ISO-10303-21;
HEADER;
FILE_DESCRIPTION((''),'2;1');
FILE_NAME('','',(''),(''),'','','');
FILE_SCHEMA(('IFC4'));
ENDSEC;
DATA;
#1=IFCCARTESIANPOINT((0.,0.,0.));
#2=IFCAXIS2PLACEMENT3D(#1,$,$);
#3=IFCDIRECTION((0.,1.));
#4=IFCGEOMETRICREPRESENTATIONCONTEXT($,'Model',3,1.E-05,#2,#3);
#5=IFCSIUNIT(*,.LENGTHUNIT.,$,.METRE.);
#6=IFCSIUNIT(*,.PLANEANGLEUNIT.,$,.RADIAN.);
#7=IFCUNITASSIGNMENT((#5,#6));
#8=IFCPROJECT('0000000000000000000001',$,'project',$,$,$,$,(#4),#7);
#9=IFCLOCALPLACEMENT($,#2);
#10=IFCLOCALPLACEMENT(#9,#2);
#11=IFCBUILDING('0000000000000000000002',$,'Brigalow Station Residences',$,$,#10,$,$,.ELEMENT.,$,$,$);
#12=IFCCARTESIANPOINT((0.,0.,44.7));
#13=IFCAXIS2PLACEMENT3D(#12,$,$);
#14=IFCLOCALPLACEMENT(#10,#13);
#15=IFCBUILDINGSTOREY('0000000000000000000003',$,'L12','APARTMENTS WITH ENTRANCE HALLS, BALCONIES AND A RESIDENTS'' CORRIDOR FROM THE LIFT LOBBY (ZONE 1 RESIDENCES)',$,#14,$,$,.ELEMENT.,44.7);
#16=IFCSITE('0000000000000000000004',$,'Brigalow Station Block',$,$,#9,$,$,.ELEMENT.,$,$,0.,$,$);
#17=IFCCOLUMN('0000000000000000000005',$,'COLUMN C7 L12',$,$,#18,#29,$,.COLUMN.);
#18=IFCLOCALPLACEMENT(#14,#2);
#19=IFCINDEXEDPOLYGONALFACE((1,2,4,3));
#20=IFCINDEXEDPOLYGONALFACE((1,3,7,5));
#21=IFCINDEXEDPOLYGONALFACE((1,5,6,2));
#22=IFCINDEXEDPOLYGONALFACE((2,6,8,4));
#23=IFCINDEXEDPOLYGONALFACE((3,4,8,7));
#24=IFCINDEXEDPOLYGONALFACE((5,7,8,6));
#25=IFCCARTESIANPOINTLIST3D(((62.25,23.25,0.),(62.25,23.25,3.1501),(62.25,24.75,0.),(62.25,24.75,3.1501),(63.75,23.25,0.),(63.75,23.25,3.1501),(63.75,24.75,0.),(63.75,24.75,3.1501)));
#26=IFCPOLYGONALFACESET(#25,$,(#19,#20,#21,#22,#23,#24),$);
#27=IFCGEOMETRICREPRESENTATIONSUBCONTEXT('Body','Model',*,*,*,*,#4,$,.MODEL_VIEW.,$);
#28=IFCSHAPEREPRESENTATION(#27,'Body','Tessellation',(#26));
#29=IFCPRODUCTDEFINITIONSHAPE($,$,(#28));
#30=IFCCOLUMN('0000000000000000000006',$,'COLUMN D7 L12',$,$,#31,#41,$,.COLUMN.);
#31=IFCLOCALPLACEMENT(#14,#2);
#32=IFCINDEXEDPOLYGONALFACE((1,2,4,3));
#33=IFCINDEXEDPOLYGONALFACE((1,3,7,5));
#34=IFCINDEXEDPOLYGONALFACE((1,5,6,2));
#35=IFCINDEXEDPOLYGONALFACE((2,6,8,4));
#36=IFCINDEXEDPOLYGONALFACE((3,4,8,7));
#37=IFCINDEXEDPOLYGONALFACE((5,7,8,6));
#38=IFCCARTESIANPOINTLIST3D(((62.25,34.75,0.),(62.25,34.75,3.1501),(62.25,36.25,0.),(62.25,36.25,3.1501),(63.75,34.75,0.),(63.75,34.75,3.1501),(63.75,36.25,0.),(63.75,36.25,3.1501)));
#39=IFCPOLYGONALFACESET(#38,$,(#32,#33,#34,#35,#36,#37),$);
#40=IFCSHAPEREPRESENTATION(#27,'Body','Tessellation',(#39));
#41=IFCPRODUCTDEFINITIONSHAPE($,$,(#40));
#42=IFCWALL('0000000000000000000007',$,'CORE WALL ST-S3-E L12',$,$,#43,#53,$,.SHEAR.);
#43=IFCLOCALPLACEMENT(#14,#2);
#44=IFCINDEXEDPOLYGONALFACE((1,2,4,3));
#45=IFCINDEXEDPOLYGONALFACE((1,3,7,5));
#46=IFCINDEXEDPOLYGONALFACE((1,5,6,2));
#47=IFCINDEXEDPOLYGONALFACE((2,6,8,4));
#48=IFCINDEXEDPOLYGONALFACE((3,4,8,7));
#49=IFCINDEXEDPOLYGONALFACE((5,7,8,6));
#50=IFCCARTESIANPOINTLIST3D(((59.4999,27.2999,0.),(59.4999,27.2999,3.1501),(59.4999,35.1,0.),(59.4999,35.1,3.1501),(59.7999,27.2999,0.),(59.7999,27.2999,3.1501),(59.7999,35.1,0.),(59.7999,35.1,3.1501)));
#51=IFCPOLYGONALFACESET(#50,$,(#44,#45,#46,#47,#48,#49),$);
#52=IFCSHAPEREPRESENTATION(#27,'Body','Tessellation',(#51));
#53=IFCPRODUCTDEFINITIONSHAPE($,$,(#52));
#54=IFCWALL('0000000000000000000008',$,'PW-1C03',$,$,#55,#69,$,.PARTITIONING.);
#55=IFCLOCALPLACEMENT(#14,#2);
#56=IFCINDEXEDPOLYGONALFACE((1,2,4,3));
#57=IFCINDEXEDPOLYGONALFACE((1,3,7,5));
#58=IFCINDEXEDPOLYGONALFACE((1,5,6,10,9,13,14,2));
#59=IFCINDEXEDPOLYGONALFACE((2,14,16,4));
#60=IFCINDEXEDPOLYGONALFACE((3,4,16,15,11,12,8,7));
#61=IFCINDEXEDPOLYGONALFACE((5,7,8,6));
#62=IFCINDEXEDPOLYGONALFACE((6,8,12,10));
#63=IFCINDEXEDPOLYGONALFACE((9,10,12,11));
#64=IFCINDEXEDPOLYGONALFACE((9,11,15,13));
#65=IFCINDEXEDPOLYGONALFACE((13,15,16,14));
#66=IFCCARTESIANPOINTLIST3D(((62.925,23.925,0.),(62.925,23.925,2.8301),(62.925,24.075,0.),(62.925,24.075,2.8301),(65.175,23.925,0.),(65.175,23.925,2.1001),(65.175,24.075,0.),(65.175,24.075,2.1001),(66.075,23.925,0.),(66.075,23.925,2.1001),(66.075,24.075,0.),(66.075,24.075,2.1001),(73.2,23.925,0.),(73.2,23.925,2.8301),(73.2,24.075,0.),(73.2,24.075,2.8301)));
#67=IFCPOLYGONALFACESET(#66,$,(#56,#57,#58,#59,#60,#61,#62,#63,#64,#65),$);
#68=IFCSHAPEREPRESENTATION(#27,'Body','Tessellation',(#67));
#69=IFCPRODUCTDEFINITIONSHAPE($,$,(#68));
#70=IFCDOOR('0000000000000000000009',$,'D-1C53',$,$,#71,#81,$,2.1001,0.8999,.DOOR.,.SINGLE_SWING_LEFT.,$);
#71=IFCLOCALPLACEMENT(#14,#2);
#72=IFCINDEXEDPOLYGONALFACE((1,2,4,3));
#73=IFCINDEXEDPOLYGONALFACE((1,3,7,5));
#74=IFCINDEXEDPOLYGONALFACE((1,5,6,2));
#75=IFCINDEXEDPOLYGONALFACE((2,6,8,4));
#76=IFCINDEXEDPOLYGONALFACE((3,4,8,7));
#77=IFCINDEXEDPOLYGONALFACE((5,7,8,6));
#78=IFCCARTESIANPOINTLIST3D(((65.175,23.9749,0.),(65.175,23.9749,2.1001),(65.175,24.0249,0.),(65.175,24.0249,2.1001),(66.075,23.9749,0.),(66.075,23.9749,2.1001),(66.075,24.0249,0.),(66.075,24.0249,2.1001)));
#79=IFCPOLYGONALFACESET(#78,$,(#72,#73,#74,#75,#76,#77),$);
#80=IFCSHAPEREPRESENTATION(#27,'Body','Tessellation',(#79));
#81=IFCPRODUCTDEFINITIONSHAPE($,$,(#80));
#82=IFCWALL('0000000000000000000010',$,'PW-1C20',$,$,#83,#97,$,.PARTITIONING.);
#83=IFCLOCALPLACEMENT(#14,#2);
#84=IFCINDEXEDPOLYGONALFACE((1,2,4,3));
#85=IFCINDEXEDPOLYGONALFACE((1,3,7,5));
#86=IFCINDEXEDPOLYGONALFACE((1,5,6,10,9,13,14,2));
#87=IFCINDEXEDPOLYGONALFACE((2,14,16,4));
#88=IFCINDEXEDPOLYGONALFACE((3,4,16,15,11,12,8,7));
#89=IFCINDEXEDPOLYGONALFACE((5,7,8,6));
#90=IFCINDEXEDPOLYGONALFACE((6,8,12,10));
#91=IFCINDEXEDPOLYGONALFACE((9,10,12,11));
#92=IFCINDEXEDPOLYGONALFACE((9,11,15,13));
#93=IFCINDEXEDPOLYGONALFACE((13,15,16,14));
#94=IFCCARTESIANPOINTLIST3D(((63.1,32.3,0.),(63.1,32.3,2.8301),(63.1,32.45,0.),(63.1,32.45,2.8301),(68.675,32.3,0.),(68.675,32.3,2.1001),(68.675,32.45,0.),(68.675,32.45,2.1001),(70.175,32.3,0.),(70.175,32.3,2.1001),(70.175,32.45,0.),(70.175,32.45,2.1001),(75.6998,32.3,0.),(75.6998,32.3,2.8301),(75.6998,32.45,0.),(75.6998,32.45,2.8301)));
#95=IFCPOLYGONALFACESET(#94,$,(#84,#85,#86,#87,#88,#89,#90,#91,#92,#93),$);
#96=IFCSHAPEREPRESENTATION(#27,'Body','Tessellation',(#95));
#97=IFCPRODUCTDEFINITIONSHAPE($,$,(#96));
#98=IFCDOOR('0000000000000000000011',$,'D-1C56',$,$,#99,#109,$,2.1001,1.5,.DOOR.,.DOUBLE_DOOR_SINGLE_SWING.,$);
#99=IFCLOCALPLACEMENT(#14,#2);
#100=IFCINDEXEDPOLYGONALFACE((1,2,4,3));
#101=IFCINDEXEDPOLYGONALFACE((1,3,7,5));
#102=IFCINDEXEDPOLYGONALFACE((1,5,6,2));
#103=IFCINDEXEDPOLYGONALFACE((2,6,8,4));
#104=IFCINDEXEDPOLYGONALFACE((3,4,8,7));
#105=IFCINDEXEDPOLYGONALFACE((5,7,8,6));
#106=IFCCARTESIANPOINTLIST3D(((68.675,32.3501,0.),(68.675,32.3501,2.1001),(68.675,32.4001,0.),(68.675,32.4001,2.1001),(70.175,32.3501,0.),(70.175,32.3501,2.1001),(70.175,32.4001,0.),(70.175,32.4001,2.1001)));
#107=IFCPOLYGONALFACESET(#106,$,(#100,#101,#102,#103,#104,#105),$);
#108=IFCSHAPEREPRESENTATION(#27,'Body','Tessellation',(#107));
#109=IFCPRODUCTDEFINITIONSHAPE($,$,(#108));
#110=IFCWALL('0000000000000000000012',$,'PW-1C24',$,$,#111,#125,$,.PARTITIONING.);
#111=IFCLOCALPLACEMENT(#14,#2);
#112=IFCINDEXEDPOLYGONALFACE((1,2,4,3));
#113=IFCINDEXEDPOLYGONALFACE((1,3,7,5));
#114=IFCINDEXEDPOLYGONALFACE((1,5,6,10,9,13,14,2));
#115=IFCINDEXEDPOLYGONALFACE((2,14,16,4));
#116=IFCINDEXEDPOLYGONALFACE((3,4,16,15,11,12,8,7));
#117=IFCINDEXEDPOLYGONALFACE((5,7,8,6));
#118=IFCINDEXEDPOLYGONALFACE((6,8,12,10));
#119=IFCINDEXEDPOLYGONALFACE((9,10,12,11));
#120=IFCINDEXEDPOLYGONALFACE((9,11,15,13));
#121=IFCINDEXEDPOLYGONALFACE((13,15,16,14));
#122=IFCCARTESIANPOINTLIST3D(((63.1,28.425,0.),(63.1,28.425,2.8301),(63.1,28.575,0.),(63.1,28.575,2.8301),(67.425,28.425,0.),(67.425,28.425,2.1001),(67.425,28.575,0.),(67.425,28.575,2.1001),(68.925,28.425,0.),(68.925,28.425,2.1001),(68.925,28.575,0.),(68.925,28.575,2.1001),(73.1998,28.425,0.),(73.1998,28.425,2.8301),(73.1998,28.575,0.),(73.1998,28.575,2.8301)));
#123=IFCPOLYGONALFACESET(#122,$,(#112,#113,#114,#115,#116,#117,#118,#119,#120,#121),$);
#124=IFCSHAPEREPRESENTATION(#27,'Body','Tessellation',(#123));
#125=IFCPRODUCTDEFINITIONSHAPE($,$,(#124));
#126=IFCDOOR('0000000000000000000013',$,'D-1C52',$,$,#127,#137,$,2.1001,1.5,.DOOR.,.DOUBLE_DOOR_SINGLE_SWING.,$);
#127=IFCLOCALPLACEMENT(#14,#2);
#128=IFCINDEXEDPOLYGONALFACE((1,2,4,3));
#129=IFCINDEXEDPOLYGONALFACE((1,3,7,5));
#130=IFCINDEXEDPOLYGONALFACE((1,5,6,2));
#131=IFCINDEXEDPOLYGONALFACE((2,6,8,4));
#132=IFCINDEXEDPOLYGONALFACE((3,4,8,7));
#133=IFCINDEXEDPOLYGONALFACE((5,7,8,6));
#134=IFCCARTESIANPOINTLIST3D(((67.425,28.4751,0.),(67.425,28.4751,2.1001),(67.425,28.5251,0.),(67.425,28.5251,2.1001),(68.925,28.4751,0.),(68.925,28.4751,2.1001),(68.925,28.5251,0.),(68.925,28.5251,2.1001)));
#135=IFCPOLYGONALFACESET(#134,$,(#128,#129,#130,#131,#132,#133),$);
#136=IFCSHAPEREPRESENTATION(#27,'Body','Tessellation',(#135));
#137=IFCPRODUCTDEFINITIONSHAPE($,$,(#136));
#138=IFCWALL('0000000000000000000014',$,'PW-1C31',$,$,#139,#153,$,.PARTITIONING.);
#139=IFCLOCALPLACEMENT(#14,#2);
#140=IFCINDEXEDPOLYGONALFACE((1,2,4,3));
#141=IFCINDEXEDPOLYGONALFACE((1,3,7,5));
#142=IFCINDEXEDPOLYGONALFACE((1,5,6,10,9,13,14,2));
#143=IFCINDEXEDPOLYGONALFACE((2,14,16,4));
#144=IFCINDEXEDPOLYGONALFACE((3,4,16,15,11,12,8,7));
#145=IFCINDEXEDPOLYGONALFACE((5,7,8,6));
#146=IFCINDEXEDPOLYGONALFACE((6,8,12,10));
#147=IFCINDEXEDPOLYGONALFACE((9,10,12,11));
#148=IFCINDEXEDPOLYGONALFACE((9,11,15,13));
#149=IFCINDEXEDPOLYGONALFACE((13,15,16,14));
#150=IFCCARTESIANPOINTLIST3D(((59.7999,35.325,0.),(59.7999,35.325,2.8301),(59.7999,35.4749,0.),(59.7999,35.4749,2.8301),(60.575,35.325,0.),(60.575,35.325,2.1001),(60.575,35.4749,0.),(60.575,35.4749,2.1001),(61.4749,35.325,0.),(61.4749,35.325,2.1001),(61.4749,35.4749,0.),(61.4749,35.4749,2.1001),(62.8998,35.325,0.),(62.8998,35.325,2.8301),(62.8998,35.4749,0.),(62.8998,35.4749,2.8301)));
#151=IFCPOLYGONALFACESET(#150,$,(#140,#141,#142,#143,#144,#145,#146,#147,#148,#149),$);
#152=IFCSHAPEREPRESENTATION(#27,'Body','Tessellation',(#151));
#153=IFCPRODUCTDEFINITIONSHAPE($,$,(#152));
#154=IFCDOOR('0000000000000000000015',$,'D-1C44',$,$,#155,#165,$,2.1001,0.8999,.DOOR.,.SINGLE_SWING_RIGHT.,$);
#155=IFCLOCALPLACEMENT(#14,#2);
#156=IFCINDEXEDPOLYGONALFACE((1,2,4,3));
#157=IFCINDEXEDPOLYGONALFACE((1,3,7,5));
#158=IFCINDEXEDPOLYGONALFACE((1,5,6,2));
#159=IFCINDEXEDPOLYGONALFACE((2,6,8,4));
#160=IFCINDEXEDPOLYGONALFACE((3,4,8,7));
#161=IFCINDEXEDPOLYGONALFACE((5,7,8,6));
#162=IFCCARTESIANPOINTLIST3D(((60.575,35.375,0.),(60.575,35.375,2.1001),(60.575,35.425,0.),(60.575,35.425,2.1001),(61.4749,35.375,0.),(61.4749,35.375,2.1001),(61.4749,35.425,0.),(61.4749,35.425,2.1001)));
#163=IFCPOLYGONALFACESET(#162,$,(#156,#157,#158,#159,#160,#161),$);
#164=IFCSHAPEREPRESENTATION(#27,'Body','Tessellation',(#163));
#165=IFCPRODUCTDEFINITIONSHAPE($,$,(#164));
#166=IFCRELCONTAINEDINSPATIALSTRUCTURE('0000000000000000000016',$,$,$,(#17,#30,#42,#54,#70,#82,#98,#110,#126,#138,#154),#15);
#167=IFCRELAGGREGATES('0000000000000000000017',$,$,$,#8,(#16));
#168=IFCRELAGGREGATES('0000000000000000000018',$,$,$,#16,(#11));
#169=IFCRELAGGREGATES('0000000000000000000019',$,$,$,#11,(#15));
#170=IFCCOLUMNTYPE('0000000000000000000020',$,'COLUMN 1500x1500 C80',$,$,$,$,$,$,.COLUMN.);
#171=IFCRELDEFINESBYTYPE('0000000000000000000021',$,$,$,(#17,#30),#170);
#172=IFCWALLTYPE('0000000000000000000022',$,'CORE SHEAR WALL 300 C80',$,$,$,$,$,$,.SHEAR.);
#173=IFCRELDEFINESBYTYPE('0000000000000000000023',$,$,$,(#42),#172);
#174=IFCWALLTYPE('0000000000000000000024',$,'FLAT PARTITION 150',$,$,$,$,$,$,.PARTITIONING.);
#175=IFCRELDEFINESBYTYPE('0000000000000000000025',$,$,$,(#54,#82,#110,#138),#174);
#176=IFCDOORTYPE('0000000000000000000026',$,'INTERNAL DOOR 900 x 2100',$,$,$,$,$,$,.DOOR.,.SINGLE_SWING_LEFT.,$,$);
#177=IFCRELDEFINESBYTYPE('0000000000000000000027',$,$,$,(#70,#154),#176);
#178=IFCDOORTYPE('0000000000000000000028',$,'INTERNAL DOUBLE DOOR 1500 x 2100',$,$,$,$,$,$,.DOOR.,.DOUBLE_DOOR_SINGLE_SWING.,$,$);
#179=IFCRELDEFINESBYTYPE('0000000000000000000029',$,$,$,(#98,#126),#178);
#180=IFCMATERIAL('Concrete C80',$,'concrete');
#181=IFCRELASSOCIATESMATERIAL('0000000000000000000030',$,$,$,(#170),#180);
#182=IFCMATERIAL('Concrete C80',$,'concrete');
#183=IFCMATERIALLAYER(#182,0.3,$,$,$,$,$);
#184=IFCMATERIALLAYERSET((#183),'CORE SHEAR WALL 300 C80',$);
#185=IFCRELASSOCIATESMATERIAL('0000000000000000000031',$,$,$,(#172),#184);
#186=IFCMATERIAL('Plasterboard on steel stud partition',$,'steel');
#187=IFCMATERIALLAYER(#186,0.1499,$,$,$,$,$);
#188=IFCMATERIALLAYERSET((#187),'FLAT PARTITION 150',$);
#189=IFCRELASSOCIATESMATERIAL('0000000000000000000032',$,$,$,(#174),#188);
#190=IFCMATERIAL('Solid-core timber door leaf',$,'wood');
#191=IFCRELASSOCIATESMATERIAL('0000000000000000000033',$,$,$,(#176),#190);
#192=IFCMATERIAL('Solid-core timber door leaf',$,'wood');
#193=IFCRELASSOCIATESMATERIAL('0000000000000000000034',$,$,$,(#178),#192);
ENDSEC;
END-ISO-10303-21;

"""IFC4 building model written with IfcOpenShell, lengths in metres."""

from ifc_helpers import new_model, si_unit, direction, frame, frame_2d, origin, origin_2d, place, context, subcontext, project, spatial, rectangle, extrude, material, layer, layer_set, material_profile, profile_set, type_object, element, fill, save


model = new_model("IFC4")

# Units and contexts
model_context = context("Model", 3, precision=1e-05, world=origin(), true_north=direction((0.0, 1.0)))
body_context = subcontext(model_context, "Body", "Model", "MODEL_VIEW")
ifc_project = project(units=[si_unit("LENGTHUNIT", "METRE"), si_unit("PLANEANGLEUNIT", "RADIAN")], contexts=[model_context])

# Site, building, storey
site_placement = place(None, origin())
site = spatial("IfcSite", under=ifc_project, at=site_placement, Name="Brigalow Station Block", CompositionType="ELEMENT", RefElevation=0.0)
building_placement = place(site_placement, origin())
building = spatial("IfcBuilding", under=site, at=building_placement, Name="Brigalow Station Residences", CompositionType="ELEMENT")
storey_placement = place(building_placement, frame((0.0, 0.0, 44.7)))
storey = spatial("IfcBuildingStorey", under=building, at=storey_placement, Name="L12", Description="APARTMENTS WITH ENTRANCE HALLS, BALCONIES AND A RESIDENTS' CORRIDOR FROM THE LIFT LOBBY (ZONE 1 RESIDENCES)", CompositionType="ELEMENT", Elevation=44.7)

# Columns
ifc_material_1 = material(Name="Concrete C80", Category="concrete")
ifc_material_profile = material_profile(ifc_material_1, rectangle(XDim=1.5, YDim=1.5, at=origin_2d()), Name="RC1500x1500")
ifc_profile_set = profile_set([ifc_material_profile], Name="Concrete C80")
column_type = type_object("IfcColumnType", Name="COLUMN 1500x1500 C80", PredefinedType="COLUMN", material=ifc_profile_set)
for number, where, z_axis, x_axis, name in (
    (1, (63.0, 24.0, 0.0), (0.0, 0.0, 1.0), (1.0, 0.0, 0.0), "COLUMN C7 L12"),
    (2, (63.0, 35.5, 0.0), (0.0, 0.0, 1.0), (1.0, 0.0, 0.0), "COLUMN D7 L12"),
):
    element("IfcColumn", number, at=place(storey_placement, frame(where, z_axis=z_axis, x_axis=x_axis)), inside=storey, type_object=column_type, Name=name, PredefinedType="COLUMN", context=body_context, shape_type="SweptSolid", body=[
        extrude(rectangle(XDim=1.5, YDim=1.5, at=origin_2d()), origin(), (0.0, 0.0, 1.0), 3.1501),
    ])

# Wall
ifc_material_2 = material(Name="Concrete C80", Category="concrete")
ifc_layer_1 = layer(ifc_material_2, 0.3)
ifc_layer_set_1 = layer_set([ifc_layer_1], Name="CORE SHEAR WALL 300 C80")
wall_type_1 = type_object("IfcWallType", Name="CORE SHEAR WALL 300 C80", PredefinedType="SHEAR", material=ifc_layer_set_1)
wall_1_placement = place(storey_placement, frame((59.6499, 27.3, 0.0), z_axis=(0.0, 0.0, 1.0), x_axis=(0.0, 1.0, 0.0)))
element("IfcWall", 3, at=wall_1_placement, inside=storey, type_object=wall_type_1, Name="CORE WALL ST-S3-E L12", PredefinedType="SHEAR", context=body_context, shape_type="SweptSolid", body=[
    extrude(rectangle(XDim=7.8, YDim=0.3, at=frame_2d((3.8999, 0.0))), origin(), (0.0, 0.0, 1.0), 3.1501),
])

# Walls, openings, doors
ifc_material_3 = material(Name="Plasterboard on steel stud partition", Category="steel")
ifc_layer_2 = layer(ifc_material_3, 0.1499)
ifc_layer_set_2 = layer_set([ifc_layer_2], Name="FLAT PARTITION 150")
wall_type_2 = type_object("IfcWallType", Name="FLAT PARTITION 150", PredefinedType="PARTITIONING", material=ifc_layer_set_2)
wall_2_placement = place(storey_placement, frame((62.925, 24.0, 0.0), z_axis=(0.0, 0.0, 1.0), x_axis=(1.0, 0.0, 0.0)))
wall_2 = element("IfcWall", 4, at=wall_2_placement, inside=storey, type_object=wall_type_2, Name="PW-1C03", PredefinedType="PARTITIONING", context=body_context, shape_type="SweptSolid", body=[
    extrude(rectangle(XDim=10.2749, YDim=0.1499, at=frame_2d((5.1375, 0.0))), origin(), (0.0, 0.0, 1.0), 2.8301),
])
opening_1_placement = place(wall_2_placement, frame((2.25, 0.0, 0.0)))
opening_1 = element("IfcOpeningElement", 5, at=opening_1_placement, cuts=wall_2, PredefinedType="OPENING", context=body_context, shape_type="SweptSolid", body=[
    extrude(rectangle(XDim=0.8999, YDim=2.1001, at=frame_2d((0.45, 1.05))), frame((0.0, 0.085, 0.0), z_axis=(0.0, -1.0, 0.0), x_axis=(1.0, 0.0, 0.0)), (0.0, 0.0, 1.0), 0.1699),
])
ifc_material_4 = material(Name="Solid-core timber door leaf", Category="wood")
door_type_1 = type_object("IfcDoorType", Name="INTERNAL DOOR 900 x 2100", OperationType="SINGLE_SWING_LEFT", PredefinedType="DOOR", material=ifc_material_4)
door_1_placement = place(opening_1_placement, origin())
door_1 = element("IfcDoor", 6, at=door_1_placement, inside=storey, type_object=door_type_1, Name="D-1C53", OperationType="SINGLE_SWING_LEFT", OverallHeight=2.1001, OverallWidth=0.8999, PredefinedType="DOOR", context=body_context, shape_type="SweptSolid", body=[
    extrude(rectangle(XDim=0.8999, YDim=2.1001, at=frame_2d((0.45, 1.05))), frame((0.0, 0.0249, 0.0), z_axis=(0.0, -1.0, 0.0), x_axis=(1.0, 0.0, 0.0)), (0.0, 0.0, 1.0), 0.05),
])
fill(opening_1, door_1)
wall_3_placement = place(storey_placement, frame((63.1001, 32.375, 0.0), z_axis=(0.0, 0.0, 1.0), x_axis=(1.0, 0.0, 0.0)))
wall_3 = element("IfcWall", 7, at=wall_3_placement, inside=storey, type_object=wall_type_2, Name="PW-1C20", PredefinedType="PARTITIONING", context=body_context, shape_type="SweptSolid", body=[
    extrude(rectangle(XDim=12.5999, YDim=0.1499, at=frame_2d((6.2998, 0.0))), origin(), (0.0, 0.0, 1.0), 2.8301),
])
opening_2_placement = place(wall_3_placement, frame((5.575, 0.0, 0.0)))
opening_2 = element("IfcOpeningElement", 8, at=opening_2_placement, cuts=wall_3, PredefinedType="OPENING", context=body_context, shape_type="SweptSolid", body=[
    extrude(rectangle(XDim=1.5, YDim=2.1001, at=frame_2d((0.75, 1.05))), frame((0.0, 0.085, 0.0), z_axis=(0.0, -1.0, 0.0), x_axis=(1.0, 0.0, 0.0)), (0.0, 0.0, 1.0), 0.1699),
])
ifc_material_5 = material(Name="Solid-core timber door leaf", Category="wood")
door_type_2 = type_object("IfcDoorType", Name="INTERNAL DOUBLE DOOR 1500 x 2100", OperationType="DOUBLE_DOOR_SINGLE_SWING", PredefinedType="DOOR", material=ifc_material_5)
door_2_placement = place(opening_2_placement, frame((1.5, 0.0, 0.0), z_axis=(0.0, 0.0, 1.0), x_axis=(-1.0, 0.0, 0.0)))
door_2 = element("IfcDoor", 9, at=door_2_placement, inside=storey, type_object=door_type_2, Name="D-1C56", OperationType="DOUBLE_DOOR_SINGLE_SWING", OverallHeight=2.1001, OverallWidth=1.5, PredefinedType="DOOR", context=body_context, shape_type="SweptSolid", body=[
    extrude(rectangle(XDim=1.5, YDim=2.1001, at=frame_2d((0.75, 1.05))), frame((0.0, 0.0249, 0.0), z_axis=(0.0, -1.0, 0.0), x_axis=(1.0, 0.0, 0.0)), (0.0, 0.0, 1.0), 0.05),
])
fill(opening_2, door_2)
wall_4_placement = place(storey_placement, frame((63.1001, 28.5, 0.0), z_axis=(0.0, 0.0, 1.0), x_axis=(1.0, 0.0, 0.0)))
wall_4 = element("IfcWall", 10, at=wall_4_placement, inside=storey, type_object=wall_type_2, Name="PW-1C24", PredefinedType="PARTITIONING", context=body_context, shape_type="SweptSolid", body=[
    extrude(rectangle(XDim=10.0999, YDim=0.1499, at=frame_2d((5.0498, 0.0))), origin(), (0.0, 0.0, 1.0), 2.8301),
])
opening_3_placement = place(wall_4_placement, frame((4.325, 0.0, 0.0)))
opening_3 = element("IfcOpeningElement", 11, at=opening_3_placement, cuts=wall_4, PredefinedType="OPENING", context=body_context, shape_type="SweptSolid", body=[
    extrude(rectangle(XDim=1.5, YDim=2.1001, at=frame_2d((0.75, 1.05))), frame((0.0, 0.085, 0.0), z_axis=(0.0, -1.0, 0.0), x_axis=(1.0, 0.0, 0.0)), (0.0, 0.0, 1.0), 0.1699),
])
door_3_placement = place(opening_3_placement, frame((1.5, 0.0, 0.0), z_axis=(0.0, 0.0, 1.0), x_axis=(-1.0, 0.0, 0.0)))
door_3 = element("IfcDoor", 12, at=door_3_placement, inside=storey, type_object=door_type_2, Name="D-1C52", OperationType="DOUBLE_DOOR_SINGLE_SWING", OverallHeight=2.1001, OverallWidth=1.5, PredefinedType="DOOR", context=body_context, shape_type="SweptSolid", body=[
    extrude(rectangle(XDim=1.5, YDim=2.1001, at=frame_2d((0.75, 1.05))), frame((0.0, 0.0249, 0.0), z_axis=(0.0, -1.0, 0.0), x_axis=(1.0, 0.0, 0.0)), (0.0, 0.0, 1.0), 0.05),
])
fill(opening_3, door_3)
wall_5_placement = place(storey_placement, frame((59.8, 35.3999, 0.0), z_axis=(0.0, 0.0, 1.0), x_axis=(1.0, 0.0, 0.0)))
wall_5 = element("IfcWall", 13, at=wall_5_placement, inside=storey, type_object=wall_type_2, Name="PW-1C31", PredefinedType="PARTITIONING", context=body_context, shape_type="SweptSolid", body=[
    extrude(rectangle(XDim=3.0999, YDim=0.1499, at=frame_2d((1.5498, 0.0))), origin(), (0.0, 0.0, 1.0), 2.8301),
])
opening_4_placement = place(wall_5_placement, frame((0.7749, 0.0, 0.0)))
opening_4 = element("IfcOpeningElement", 14, at=opening_4_placement, cuts=wall_5, PredefinedType="OPENING", context=body_context, shape_type="SweptSolid", body=[
    extrude(rectangle(XDim=0.8999, YDim=2.1001, at=frame_2d((0.45, 1.05))), frame((0.0, 0.085, 0.0), z_axis=(0.0, -1.0, 0.0), x_axis=(1.0, 0.0, 0.0)), (0.0, 0.0, 1.0), 0.1699),
])
door_4_placement = place(opening_4_placement, frame((0.8999, 0.0, 0.0), z_axis=(0.0, 0.0, 1.0), x_axis=(-1.0, 0.0, 0.0)))
door_4 = element("IfcDoor", 15, at=door_4_placement, inside=storey, type_object=door_type_1, Name="D-1C44", OperationType="SINGLE_SWING_RIGHT", OverallHeight=2.1001, OverallWidth=0.8999, PredefinedType="DOOR", context=body_context, shape_type="SweptSolid", body=[
    extrude(rectangle(XDim=0.8999, YDim=2.1001, at=frame_2d((0.45, 1.05))), frame((0.0, 0.0249, 0.0), z_axis=(0.0, -1.0, 0.0), x_axis=(1.0, 0.0, 0.0)), (0.0, 0.0, 1.0), 0.05),
])
fill(opening_4, door_4)

save(model, "model.ifc")
